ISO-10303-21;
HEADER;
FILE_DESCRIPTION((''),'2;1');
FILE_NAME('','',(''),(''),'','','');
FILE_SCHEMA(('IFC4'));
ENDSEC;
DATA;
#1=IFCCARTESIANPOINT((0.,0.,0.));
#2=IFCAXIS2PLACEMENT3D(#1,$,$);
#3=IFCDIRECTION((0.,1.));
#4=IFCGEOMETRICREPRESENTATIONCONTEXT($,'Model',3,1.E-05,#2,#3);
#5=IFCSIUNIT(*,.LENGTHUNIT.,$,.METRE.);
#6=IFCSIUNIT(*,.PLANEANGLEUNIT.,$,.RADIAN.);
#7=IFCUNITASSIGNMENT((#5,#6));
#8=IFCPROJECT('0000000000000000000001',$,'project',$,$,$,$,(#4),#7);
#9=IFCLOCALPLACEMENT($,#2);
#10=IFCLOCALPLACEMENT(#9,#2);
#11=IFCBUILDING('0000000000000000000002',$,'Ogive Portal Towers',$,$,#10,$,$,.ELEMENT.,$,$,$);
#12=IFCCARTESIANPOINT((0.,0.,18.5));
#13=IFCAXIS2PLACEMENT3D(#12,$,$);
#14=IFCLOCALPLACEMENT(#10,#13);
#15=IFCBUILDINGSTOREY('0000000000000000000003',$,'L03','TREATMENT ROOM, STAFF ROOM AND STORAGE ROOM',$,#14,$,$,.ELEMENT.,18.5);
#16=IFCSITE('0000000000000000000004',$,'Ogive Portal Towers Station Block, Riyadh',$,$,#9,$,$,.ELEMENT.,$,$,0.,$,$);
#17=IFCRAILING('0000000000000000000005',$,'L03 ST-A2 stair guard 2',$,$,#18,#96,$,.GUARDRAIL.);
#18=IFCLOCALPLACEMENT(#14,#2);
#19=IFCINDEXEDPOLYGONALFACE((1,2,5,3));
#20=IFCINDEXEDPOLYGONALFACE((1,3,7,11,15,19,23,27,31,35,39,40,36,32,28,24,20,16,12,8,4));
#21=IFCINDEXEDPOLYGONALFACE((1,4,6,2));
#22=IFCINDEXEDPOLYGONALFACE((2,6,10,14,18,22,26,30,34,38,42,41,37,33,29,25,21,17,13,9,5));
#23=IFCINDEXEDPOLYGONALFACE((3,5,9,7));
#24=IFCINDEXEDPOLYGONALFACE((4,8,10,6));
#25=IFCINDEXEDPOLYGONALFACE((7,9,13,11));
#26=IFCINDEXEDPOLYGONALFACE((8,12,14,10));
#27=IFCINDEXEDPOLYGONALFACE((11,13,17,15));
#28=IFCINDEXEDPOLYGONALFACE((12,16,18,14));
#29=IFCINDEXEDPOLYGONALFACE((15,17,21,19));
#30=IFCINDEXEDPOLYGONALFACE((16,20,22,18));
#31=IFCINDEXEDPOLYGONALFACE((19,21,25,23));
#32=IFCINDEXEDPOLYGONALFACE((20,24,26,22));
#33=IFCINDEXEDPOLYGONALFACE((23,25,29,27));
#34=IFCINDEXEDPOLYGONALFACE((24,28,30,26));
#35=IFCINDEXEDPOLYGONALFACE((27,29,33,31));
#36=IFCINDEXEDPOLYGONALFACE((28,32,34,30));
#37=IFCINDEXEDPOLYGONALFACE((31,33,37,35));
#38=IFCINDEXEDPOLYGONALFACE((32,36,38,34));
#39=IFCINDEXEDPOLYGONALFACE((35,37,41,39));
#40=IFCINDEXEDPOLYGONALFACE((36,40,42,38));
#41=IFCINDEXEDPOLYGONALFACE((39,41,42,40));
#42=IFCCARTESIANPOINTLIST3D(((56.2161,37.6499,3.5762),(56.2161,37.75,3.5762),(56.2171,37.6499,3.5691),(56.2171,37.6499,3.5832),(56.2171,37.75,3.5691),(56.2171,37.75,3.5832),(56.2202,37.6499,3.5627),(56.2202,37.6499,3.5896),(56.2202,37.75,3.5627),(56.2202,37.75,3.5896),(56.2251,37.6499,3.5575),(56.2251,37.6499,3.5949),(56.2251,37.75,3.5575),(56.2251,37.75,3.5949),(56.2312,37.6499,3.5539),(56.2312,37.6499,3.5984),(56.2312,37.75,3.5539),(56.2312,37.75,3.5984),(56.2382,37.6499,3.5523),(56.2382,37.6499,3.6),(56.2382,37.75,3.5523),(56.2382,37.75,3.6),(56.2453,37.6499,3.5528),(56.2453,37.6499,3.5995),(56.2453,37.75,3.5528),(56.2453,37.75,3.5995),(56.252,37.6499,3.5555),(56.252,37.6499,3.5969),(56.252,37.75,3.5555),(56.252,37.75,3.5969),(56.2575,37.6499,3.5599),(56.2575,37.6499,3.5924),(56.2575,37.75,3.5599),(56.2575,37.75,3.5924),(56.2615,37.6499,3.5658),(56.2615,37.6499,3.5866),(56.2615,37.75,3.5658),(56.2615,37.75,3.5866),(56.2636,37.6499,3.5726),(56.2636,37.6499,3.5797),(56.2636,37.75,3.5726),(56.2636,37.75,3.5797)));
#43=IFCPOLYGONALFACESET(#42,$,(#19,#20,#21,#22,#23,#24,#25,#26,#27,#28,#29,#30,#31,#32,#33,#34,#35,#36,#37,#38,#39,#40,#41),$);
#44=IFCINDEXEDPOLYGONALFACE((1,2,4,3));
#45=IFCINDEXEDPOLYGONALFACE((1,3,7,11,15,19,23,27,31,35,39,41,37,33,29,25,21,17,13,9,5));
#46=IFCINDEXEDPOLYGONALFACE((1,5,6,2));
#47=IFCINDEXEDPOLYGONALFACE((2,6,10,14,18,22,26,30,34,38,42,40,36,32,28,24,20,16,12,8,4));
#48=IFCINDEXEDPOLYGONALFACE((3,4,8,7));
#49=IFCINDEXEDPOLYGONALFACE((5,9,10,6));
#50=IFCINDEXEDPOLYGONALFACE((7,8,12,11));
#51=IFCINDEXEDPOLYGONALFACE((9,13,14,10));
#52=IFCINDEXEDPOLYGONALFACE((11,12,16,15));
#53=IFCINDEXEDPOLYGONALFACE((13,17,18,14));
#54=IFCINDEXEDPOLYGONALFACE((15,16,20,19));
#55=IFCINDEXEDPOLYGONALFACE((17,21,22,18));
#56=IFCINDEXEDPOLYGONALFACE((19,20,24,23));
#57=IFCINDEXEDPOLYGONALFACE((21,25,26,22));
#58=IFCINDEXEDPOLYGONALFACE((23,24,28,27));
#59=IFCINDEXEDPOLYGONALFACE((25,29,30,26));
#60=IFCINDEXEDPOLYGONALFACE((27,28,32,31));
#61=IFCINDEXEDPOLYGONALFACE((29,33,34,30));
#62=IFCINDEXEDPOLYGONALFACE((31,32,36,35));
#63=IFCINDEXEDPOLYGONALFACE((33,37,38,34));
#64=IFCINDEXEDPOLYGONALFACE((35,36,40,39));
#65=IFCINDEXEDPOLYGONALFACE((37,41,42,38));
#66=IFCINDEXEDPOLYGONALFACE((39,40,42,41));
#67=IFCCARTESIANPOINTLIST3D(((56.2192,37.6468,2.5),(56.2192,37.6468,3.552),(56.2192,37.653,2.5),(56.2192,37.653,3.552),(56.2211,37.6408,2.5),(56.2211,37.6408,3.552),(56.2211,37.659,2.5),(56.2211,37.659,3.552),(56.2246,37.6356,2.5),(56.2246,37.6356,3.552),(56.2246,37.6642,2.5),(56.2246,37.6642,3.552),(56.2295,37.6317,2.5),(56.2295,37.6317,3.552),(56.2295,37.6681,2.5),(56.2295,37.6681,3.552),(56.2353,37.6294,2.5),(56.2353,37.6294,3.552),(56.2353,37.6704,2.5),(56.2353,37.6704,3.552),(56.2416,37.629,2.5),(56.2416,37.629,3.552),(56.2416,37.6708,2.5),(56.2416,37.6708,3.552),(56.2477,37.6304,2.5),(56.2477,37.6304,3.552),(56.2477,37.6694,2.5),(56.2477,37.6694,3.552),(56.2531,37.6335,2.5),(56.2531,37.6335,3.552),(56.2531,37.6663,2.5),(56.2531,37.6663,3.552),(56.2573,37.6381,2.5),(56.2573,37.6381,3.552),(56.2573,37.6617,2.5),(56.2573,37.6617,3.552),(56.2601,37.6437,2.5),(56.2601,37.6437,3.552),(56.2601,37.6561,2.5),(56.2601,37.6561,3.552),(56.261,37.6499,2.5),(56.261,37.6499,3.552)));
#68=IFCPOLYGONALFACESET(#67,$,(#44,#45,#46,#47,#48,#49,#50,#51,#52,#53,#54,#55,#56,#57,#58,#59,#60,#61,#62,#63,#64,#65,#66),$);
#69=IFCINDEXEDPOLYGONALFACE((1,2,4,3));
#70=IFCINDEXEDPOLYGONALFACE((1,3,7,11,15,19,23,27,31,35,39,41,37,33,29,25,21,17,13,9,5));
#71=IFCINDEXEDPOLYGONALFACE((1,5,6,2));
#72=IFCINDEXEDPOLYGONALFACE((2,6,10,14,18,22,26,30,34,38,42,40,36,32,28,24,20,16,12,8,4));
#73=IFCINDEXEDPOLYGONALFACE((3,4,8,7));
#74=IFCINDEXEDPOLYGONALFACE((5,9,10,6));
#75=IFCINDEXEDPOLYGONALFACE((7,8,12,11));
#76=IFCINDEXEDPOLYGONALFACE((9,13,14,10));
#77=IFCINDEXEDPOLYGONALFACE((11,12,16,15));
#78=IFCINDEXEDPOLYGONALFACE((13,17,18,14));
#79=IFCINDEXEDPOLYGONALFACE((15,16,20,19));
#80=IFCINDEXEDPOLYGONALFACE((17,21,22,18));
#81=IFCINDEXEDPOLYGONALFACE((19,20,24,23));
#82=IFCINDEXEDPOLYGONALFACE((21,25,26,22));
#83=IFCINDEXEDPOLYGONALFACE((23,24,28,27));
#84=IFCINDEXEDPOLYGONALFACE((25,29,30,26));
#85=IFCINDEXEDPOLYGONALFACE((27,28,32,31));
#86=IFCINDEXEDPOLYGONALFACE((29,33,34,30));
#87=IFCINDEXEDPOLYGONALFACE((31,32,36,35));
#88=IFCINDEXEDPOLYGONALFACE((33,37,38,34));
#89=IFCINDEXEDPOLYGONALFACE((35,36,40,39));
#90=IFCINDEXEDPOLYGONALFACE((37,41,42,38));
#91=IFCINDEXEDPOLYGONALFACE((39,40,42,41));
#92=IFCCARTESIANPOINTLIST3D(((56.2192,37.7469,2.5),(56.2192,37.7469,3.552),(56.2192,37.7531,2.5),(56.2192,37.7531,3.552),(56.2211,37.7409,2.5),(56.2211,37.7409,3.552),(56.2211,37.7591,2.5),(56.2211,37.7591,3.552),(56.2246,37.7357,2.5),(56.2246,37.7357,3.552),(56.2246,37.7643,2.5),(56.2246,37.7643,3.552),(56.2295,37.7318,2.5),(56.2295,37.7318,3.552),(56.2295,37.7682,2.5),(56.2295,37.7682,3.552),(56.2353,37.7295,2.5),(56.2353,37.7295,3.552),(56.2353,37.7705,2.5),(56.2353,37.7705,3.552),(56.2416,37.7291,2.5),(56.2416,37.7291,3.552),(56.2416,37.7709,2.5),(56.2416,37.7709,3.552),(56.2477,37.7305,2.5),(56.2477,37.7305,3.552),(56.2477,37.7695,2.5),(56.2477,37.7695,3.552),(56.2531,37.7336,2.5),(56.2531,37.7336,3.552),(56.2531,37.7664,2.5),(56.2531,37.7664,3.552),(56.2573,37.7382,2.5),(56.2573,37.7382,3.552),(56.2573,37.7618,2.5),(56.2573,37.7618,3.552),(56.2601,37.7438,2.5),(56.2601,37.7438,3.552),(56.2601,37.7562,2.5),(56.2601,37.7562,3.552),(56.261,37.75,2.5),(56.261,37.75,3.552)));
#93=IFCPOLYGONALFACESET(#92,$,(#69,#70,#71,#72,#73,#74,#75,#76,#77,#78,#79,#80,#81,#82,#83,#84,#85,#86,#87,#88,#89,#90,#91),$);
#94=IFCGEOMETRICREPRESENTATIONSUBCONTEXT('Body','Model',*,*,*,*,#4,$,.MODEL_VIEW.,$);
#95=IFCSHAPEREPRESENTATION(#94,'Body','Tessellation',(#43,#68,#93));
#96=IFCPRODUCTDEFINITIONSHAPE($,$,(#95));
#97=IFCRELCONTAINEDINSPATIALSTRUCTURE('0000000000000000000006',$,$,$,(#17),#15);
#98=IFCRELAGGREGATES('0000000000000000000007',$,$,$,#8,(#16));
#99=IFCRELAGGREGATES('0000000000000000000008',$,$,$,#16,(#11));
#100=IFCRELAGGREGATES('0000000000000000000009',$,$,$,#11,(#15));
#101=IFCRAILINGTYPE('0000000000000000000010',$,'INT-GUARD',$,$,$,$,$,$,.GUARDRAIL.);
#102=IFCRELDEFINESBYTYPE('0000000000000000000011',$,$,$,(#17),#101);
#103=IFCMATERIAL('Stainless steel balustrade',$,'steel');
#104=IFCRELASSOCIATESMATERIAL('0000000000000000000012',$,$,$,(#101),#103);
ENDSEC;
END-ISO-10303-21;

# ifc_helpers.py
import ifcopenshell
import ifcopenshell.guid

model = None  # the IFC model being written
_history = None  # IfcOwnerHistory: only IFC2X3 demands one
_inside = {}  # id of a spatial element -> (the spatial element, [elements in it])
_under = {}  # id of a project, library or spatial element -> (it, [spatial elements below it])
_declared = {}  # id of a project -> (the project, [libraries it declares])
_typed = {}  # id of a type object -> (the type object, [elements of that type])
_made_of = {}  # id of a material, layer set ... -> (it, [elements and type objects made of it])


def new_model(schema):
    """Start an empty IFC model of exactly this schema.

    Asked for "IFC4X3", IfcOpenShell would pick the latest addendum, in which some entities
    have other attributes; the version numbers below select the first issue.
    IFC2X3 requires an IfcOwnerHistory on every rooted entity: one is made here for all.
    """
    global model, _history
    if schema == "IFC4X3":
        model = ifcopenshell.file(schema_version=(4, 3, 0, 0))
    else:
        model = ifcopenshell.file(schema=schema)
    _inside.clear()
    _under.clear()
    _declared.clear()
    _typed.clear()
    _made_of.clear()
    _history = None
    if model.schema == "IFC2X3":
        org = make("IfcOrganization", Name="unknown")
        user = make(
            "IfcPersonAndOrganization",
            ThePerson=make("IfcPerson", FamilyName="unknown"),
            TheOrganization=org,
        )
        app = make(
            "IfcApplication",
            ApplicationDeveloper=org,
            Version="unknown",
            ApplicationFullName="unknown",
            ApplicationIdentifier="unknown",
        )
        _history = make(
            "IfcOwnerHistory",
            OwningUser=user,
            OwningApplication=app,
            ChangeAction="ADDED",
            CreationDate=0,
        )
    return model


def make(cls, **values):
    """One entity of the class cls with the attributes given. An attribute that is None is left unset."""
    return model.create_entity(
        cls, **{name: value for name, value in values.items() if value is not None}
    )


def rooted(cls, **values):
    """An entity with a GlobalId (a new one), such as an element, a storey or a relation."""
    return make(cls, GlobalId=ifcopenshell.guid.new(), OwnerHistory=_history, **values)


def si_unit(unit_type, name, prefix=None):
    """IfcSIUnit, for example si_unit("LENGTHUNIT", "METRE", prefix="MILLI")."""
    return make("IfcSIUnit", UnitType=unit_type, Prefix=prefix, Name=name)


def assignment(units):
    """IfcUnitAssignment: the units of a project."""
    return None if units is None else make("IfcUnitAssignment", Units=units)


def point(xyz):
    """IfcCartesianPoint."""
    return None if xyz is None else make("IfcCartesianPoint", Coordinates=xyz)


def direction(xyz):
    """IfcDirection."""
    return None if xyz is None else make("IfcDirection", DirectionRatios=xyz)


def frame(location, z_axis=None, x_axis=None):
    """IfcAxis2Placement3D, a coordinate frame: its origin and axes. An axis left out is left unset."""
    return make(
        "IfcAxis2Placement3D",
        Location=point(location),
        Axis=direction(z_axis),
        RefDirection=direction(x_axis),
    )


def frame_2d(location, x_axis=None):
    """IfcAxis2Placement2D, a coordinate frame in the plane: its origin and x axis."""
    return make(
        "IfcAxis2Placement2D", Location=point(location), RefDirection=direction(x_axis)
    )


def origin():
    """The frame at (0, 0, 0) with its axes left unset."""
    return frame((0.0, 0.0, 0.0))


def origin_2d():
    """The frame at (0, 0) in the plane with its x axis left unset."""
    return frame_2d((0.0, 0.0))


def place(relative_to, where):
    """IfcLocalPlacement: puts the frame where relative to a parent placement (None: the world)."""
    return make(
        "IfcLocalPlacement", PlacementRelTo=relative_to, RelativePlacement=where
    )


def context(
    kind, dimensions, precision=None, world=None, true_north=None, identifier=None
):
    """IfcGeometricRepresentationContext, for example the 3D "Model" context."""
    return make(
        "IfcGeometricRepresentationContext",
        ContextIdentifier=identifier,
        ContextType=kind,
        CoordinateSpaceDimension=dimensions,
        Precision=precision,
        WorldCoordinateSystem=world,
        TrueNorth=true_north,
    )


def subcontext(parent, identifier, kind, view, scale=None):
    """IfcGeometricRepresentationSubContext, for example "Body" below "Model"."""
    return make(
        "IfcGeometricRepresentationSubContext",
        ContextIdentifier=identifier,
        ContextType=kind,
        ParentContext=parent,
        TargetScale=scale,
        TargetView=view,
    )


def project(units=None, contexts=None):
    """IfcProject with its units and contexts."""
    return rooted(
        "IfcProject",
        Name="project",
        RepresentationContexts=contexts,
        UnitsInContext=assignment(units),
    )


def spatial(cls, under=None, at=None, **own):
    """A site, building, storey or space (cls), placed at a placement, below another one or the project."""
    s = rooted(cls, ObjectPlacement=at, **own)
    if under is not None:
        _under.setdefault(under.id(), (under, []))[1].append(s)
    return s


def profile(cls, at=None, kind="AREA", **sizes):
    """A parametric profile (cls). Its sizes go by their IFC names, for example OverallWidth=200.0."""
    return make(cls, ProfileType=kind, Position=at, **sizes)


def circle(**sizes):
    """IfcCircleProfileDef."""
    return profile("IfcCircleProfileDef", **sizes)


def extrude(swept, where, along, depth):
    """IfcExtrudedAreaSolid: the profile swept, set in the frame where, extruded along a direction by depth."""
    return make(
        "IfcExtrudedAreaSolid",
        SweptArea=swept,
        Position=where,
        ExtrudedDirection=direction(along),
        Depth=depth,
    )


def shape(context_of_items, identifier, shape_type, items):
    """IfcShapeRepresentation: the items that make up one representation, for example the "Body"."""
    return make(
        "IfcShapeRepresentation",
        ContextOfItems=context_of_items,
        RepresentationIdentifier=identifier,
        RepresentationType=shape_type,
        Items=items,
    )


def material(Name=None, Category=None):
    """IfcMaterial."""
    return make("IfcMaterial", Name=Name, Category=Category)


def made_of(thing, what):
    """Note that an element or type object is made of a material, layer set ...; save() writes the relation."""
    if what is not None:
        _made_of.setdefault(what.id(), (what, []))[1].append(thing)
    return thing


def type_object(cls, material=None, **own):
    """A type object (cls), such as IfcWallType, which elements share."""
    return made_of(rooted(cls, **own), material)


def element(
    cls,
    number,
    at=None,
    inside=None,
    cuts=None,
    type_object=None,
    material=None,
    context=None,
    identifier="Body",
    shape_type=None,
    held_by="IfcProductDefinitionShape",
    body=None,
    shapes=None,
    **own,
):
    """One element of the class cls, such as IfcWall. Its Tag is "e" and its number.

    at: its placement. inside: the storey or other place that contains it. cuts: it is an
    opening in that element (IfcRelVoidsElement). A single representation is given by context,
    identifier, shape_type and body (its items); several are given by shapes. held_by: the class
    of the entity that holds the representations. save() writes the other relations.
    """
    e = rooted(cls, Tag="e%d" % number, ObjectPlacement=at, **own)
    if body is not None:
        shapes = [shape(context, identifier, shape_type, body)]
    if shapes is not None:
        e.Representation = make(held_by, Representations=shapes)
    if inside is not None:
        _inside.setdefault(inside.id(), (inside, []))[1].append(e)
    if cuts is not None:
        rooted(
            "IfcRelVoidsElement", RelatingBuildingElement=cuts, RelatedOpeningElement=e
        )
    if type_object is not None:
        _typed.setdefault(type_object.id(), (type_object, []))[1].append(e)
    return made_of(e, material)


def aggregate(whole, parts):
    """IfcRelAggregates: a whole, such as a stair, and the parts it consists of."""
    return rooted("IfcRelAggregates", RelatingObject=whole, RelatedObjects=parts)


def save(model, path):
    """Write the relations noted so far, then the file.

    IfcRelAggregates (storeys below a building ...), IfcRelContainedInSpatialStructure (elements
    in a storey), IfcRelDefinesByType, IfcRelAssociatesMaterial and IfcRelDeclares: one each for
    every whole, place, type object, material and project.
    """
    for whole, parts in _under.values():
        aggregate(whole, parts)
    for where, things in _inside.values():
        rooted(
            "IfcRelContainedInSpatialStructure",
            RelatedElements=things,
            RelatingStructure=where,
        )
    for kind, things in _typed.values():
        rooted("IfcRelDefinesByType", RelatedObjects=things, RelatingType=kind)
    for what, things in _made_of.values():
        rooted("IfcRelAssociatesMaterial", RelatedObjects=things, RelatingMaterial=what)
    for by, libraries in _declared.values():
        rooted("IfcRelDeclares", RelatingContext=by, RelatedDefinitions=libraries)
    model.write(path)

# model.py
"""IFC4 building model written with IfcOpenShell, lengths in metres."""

from ifc_helpers import new_model, si_unit, direction, frame, origin, origin_2d, place, context, subcontext, project, spatial, circle, extrude, material, type_object, element, save


model = new_model("IFC4")

# Units and contexts
model_context = context("Model", 3, precision=1e-05, world=origin(), true_north=direction((0.0, 1.0)))
body_context = subcontext(model_context, "Body", "Model", "MODEL_VIEW")
ifc_project = project(units=[si_unit("LENGTHUNIT", "METRE"), si_unit("PLANEANGLEUNIT", "RADIAN")], contexts=[model_context])

# Site, building, storey
site_placement = place(None, origin())
site = spatial("IfcSite", under=ifc_project, at=site_placement, Name="Ogive Portal Towers Station Block, Riyadh", CompositionType="ELEMENT", RefElevation=0.0)
building_placement = place(site_placement, origin())
building = spatial("IfcBuilding", under=site, at=building_placement, Name="Ogive Portal Towers", CompositionType="ELEMENT")
storey_placement = place(building_placement, frame((0.0, 0.0, 18.5)))
storey = spatial("IfcBuildingStorey", under=building, at=storey_placement, Name="L03", Description="TREATMENT ROOM, STAFF ROOM AND STORAGE ROOM", CompositionType="ELEMENT", Elevation=18.5)

# Railing
ifc_material_1 = material(Name="Stainless steel balustrade", Category="steel")
railing_type_1 = type_object("IfcRailingType", Name="INT-GUARD", PredefinedType="GUARDRAIL", material=ifc_material_1)
railing_1_placement = place(storey_placement, frame((56.24, 37.6499, 2.5)))
element("IfcRailing", 1, at=railing_1_placement, inside=storey, type_object=railing_type_1, Name="L03 ST-A2 stair guard 2", PredefinedType="GUARDRAIL", context=body_context, shape_type="SweptSolid", body=[
    extrude(circle(Radius=0.0239, at=origin_2d()), frame((0.0, 0.0, 1.0762), z_axis=(0.0, 1.0, 0.0), x_axis=(-1.0, 0.0, 0.0)), (0.0, 0.0, 1.0), 0.1001),
    extrude(circle(Radius=0.021, at=origin_2d()), origin(), (0.0, 0.0, 1.0), 1.052),
    extrude(circle(Radius=0.021, at=origin_2d()), frame((0.0, 0.1001, 0.0)), (0.0, 0.0, 1.0), 1.052),
])

save(model, "model.ifc")
